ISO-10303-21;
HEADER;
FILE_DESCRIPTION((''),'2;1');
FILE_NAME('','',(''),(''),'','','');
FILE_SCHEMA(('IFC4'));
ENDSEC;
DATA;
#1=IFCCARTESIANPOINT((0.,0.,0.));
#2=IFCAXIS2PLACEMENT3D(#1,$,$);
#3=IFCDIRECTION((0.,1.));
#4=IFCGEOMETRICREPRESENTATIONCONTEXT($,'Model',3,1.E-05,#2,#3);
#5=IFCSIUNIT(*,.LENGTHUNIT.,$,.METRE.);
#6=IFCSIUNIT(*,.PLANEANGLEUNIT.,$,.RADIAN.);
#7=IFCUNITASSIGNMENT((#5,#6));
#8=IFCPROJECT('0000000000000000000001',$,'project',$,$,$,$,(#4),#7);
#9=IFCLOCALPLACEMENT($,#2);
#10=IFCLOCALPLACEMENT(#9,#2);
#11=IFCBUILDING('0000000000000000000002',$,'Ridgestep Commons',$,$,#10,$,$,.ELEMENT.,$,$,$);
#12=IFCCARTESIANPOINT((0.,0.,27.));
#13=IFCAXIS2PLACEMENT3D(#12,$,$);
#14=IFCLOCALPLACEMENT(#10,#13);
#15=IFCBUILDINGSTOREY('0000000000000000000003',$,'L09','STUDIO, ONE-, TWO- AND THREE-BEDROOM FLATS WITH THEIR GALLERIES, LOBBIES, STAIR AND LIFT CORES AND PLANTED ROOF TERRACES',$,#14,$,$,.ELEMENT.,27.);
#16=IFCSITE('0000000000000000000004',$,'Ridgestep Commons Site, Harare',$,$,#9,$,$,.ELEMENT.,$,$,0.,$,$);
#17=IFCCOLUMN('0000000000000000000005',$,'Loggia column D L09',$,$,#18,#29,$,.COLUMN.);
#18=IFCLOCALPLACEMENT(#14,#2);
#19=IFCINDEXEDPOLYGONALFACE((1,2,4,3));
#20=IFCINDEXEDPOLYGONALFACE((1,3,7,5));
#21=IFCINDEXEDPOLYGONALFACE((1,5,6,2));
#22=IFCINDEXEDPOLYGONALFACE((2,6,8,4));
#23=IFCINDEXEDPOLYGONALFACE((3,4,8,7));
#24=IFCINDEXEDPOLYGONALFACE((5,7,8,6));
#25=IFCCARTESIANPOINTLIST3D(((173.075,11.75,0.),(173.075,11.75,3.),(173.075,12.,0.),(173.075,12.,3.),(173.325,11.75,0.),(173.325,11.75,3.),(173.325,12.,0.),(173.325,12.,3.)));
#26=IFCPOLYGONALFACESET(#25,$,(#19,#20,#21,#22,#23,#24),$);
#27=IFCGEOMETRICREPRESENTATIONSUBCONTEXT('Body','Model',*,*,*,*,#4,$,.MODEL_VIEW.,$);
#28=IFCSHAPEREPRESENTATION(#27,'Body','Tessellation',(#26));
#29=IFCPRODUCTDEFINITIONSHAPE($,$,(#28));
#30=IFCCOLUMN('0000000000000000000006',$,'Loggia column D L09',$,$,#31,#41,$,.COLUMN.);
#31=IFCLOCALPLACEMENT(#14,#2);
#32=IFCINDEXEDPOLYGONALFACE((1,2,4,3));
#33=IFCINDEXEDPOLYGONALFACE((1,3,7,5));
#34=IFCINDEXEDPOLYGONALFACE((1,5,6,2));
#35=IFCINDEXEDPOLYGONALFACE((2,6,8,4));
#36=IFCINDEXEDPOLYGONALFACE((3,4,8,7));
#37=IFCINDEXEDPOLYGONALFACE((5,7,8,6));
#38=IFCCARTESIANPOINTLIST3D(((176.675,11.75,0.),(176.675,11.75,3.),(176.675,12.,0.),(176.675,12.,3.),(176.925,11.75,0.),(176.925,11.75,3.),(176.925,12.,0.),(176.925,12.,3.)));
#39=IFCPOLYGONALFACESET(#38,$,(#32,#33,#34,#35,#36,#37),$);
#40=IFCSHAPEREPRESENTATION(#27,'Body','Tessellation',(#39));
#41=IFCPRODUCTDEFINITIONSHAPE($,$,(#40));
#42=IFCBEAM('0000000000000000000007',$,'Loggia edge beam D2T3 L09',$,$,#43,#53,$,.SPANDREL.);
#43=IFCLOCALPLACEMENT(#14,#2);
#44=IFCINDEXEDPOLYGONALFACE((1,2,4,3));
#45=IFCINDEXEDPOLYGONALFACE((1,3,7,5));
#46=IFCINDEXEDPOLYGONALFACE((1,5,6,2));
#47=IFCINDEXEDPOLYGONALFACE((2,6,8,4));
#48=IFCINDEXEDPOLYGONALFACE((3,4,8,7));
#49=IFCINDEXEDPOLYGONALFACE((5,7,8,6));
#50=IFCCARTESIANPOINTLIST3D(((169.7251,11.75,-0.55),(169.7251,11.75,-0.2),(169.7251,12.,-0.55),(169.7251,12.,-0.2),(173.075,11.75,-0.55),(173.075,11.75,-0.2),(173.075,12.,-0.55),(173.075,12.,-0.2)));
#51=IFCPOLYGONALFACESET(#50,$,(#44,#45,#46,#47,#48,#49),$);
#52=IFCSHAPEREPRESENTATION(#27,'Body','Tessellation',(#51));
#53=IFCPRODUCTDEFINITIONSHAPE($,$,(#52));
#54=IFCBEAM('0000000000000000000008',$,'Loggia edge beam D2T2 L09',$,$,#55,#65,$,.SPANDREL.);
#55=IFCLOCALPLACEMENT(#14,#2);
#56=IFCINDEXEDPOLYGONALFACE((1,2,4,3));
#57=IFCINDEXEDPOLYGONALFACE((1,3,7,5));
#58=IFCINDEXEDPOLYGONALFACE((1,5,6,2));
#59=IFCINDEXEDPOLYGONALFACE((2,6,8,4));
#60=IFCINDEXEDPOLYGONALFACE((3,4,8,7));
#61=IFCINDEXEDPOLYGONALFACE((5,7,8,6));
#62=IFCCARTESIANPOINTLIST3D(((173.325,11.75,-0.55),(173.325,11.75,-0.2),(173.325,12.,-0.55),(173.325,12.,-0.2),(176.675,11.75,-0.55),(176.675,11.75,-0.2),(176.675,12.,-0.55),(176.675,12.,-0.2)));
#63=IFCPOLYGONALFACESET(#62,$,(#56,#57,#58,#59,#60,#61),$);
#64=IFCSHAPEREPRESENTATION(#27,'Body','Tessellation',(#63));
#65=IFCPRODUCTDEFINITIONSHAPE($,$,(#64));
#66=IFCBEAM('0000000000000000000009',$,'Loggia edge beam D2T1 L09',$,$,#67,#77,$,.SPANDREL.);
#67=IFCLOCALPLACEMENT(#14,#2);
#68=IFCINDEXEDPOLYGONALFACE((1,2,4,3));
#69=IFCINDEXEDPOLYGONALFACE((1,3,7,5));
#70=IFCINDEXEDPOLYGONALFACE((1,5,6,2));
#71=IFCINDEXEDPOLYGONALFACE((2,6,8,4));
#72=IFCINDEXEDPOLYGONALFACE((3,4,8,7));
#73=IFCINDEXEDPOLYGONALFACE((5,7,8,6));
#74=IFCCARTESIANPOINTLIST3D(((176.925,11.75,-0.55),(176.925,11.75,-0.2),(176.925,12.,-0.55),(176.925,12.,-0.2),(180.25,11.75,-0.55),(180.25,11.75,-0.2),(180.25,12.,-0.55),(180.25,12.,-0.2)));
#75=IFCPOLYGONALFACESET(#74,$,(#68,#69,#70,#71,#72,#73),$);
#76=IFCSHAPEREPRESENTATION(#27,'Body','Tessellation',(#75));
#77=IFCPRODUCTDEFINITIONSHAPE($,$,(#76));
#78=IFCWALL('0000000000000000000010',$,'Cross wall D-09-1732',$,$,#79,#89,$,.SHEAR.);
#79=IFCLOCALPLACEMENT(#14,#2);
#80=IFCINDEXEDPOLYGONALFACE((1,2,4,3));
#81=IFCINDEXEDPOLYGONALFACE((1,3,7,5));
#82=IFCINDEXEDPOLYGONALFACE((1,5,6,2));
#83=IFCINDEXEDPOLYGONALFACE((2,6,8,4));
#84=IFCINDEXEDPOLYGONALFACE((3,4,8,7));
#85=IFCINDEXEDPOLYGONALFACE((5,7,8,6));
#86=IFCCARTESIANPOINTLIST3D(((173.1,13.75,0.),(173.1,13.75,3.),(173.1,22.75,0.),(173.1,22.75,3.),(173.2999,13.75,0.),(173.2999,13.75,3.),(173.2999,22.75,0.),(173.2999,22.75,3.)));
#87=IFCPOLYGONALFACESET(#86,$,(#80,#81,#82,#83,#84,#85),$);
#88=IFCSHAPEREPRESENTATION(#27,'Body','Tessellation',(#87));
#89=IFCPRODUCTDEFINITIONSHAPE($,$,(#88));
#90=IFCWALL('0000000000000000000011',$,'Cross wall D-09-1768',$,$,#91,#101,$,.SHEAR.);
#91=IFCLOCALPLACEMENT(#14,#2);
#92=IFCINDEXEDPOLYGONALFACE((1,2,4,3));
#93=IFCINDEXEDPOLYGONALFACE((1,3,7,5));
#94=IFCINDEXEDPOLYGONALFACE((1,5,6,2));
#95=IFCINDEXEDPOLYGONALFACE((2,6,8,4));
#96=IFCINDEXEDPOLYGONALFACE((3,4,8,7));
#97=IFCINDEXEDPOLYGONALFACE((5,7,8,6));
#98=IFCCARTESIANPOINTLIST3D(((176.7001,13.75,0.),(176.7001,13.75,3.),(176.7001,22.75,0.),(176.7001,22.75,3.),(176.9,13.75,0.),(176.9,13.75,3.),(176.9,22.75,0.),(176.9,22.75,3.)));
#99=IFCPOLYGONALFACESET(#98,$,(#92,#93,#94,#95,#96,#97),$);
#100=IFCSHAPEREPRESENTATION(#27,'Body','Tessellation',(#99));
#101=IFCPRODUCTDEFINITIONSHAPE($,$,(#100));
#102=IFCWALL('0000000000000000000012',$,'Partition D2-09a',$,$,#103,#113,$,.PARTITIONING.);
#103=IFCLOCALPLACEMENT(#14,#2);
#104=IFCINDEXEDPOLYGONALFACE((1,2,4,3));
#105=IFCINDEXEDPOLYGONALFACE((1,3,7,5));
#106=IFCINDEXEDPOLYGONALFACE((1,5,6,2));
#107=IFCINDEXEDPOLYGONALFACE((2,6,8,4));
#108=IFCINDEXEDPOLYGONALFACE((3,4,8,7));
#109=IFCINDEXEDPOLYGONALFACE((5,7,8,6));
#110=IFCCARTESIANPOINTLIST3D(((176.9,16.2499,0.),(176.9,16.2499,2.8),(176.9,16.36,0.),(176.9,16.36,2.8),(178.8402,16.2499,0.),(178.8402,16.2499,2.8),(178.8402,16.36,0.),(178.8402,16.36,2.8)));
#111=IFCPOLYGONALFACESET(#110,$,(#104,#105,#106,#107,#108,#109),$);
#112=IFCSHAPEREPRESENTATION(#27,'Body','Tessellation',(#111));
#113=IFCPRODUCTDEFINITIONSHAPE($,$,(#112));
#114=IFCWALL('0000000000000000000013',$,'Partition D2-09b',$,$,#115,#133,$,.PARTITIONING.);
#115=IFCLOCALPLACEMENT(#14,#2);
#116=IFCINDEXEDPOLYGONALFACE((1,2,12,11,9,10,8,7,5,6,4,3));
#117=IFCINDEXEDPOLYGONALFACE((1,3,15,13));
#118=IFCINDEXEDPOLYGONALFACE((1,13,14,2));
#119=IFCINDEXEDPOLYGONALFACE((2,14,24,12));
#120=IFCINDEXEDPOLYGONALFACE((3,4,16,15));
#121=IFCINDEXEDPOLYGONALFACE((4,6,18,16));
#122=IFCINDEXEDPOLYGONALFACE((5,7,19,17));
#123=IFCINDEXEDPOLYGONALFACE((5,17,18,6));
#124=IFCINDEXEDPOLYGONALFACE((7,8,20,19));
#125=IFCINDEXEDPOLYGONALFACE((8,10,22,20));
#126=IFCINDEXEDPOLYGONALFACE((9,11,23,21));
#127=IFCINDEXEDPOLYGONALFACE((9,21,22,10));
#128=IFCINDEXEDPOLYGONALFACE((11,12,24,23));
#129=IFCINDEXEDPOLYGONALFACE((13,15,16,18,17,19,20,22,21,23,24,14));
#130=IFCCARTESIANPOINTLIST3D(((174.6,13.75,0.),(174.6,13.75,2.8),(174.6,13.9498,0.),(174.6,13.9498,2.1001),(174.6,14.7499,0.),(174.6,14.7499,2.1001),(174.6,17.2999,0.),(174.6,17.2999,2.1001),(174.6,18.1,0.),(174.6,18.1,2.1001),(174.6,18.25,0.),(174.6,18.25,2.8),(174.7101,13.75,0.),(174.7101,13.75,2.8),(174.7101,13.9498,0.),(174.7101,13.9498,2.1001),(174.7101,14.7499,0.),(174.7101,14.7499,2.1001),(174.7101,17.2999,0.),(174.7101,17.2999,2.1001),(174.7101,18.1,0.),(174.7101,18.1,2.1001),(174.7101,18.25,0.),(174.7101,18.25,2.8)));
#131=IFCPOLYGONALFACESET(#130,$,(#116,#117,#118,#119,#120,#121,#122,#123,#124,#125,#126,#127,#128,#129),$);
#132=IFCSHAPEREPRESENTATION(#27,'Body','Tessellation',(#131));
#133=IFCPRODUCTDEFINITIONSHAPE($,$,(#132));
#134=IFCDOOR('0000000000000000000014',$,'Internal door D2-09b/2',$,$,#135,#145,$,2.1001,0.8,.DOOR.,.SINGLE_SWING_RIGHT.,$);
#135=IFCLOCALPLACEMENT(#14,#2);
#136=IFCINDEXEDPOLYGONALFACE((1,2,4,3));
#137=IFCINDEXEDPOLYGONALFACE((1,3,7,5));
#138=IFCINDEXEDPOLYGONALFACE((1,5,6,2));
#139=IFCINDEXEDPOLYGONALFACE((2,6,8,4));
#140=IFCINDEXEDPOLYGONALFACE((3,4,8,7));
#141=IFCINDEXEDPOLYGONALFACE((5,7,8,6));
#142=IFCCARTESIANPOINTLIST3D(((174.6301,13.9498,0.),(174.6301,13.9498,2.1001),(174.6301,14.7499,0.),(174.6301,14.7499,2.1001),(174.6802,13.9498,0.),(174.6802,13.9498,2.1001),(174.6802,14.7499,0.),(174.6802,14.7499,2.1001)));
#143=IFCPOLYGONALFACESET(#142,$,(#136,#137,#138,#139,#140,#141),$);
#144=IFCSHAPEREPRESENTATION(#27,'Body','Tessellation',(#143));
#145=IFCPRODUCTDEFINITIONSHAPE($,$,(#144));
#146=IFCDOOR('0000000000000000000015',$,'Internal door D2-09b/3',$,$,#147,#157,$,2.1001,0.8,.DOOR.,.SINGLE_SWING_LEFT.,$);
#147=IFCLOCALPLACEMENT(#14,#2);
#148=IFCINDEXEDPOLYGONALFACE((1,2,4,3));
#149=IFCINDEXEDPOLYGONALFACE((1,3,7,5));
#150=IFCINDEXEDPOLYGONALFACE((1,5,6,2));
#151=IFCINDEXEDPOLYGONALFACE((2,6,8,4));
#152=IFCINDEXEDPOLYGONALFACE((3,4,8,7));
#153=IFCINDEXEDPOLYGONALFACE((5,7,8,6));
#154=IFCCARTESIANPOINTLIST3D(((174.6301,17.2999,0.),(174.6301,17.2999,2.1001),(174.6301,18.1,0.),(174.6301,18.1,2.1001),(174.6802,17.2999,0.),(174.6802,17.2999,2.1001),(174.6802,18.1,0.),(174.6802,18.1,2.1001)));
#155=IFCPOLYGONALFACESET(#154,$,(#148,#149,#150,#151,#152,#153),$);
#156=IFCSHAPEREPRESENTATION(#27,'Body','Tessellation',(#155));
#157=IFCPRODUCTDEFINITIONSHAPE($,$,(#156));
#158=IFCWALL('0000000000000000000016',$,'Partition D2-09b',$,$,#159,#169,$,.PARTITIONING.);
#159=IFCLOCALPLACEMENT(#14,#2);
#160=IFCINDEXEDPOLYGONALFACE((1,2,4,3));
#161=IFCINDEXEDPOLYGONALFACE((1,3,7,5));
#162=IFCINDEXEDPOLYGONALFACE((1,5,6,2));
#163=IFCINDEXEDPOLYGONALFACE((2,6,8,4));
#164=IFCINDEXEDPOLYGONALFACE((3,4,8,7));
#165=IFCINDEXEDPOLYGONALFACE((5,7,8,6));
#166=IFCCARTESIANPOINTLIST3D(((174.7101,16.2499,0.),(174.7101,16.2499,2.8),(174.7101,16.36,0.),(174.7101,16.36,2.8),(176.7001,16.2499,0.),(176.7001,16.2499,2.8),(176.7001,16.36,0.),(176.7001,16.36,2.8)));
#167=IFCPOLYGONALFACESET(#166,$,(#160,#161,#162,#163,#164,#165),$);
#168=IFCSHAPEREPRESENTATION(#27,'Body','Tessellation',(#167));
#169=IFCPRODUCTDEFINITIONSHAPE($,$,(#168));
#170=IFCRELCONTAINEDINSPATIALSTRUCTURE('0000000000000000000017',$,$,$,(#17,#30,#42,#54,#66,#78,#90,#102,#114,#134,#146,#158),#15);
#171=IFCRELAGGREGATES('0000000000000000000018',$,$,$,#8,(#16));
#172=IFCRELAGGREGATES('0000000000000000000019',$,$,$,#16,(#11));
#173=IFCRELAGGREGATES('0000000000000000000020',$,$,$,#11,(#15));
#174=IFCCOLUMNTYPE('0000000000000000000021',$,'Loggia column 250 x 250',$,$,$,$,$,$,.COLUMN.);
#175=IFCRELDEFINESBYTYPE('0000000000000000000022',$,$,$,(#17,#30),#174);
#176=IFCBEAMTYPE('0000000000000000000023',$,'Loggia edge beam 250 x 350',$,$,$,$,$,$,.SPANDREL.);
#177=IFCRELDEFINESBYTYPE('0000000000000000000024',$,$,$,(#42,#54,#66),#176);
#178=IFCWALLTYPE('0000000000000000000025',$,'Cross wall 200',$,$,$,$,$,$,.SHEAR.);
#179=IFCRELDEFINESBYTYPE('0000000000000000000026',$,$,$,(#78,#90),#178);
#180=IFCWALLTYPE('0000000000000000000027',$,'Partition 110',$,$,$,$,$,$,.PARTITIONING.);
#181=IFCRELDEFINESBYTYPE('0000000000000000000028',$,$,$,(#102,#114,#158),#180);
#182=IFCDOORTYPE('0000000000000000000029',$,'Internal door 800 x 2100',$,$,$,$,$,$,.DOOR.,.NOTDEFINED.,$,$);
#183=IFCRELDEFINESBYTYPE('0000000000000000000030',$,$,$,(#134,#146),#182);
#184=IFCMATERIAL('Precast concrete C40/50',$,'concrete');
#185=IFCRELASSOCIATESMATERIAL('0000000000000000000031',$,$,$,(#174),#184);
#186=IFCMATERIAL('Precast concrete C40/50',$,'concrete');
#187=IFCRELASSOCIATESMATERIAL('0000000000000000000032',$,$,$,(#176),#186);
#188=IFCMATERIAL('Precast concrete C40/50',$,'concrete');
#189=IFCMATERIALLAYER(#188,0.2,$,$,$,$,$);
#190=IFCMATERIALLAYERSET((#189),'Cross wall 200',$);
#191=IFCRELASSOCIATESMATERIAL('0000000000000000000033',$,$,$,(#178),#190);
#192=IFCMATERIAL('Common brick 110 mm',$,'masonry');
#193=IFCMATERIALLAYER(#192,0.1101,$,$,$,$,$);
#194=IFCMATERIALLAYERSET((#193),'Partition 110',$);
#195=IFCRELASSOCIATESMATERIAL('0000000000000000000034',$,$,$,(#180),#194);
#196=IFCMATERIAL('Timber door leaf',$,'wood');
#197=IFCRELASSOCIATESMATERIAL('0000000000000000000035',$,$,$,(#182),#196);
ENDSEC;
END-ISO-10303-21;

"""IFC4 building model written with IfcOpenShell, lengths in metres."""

from ifc_helpers import new_model, si_unit, direction, frame, frame_2d, origin, origin_2d, place, context, subcontext, project, spatial, rectangle, extrude, material, layer, layer_set, material_profile, profile_set, type_object, element, fill, save


model = new_model("IFC4")

# Units and contexts
model_context = context("Model", 3, precision=1e-05, world=origin(), true_north=direction((0.0, 1.0)))
body_context = subcontext(model_context, "Body", "Model", "MODEL_VIEW")
ifc_project = project(units=[si_unit("LENGTHUNIT", "METRE"), si_unit("PLANEANGLEUNIT", "RADIAN")], contexts=[model_context])

# Site, building, storey
site_placement = place(None, origin())
site = spatial("IfcSite", under=ifc_project, at=site_placement, Name="Ridgestep Commons Site, Harare", CompositionType="ELEMENT", RefElevation=0.0)
building_placement = place(site_placement, origin())
building = spatial("IfcBuilding", under=site, at=building_placement, Name="Ridgestep Commons", CompositionType="ELEMENT")
storey_placement = place(building_placement, frame((0.0, 0.0, 27.0)))
storey = spatial("IfcBuildingStorey", under=building, at=storey_placement, Name="L09", Description="STUDIO, ONE-, TWO- AND THREE-BEDROOM FLATS WITH THEIR GALLERIES, LOBBIES, STAIR AND LIFT CORES AND PLANTED ROOF TERRACES", CompositionType="ELEMENT", Elevation=27.0)

# Columns
ifc_material_1 = material(Name="Precast concrete C40/50", Category="concrete")
ifc_material_profile_1 = material_profile(ifc_material_1, rectangle(XDim=0.25, YDim=0.25, at=origin_2d()), Name="PC 250x250")
ifc_profile_set_1 = profile_set([ifc_material_profile_1], Name="Precast concrete C40/50")
column_type = type_object("IfcColumnType", Name="Loggia column 250 x 250", PredefinedType="COLUMN", material=ifc_profile_set_1)
for number, where, z_axis, x_axis, name in (
    (1, (173.2, 11.875, 0.0), (0.0, 0.0, 1.0), (1.0, 0.0, 0.0), "Loggia column D L09"),
    (2, (176.8, 11.875, 0.0), (0.0, 0.0, 1.0), (1.0, 0.0, 0.0), "Loggia column D L09"),
):
    element("IfcColumn", number, at=place(storey_placement, frame(where, z_axis=z_axis, x_axis=x_axis)), inside=storey, type_object=column_type, Name=name, PredefinedType="COLUMN", context=body_context, shape_type="SweptSolid", body=[
        extrude(rectangle(XDim=0.25, YDim=0.25, at=origin_2d()), origin(), (0.0, 0.0, 1.0), 3.0),
    ])

# Beams
ifc_material_2 = material(Name="Precast concrete C40/50", Category="concrete")
ifc_material_profile_2 = material_profile(ifc_material_2, rectangle(XDim=0.25, YDim=0.3501, at=origin_2d()), Name="PC 250x350")
ifc_profile_set_2 = profile_set([ifc_material_profile_2], Name="Precast concrete C40/50")
beam_type = type_object("IfcBeamType", Name="Loggia edge beam 250 x 350", PredefinedType="SPANDREL", material=ifc_profile_set_2)
beam_1_placement = place(storey_placement, frame((169.7251, 11.875, -0.375), z_axis=(1.0, 0.0, 0.0), x_axis=(0.0, 1.0, 0.0)))
element("IfcBeam", 3, at=beam_1_placement, inside=storey, type_object=beam_type, Name="Loggia edge beam D2T3 L09", PredefinedType="SPANDREL", context=body_context, shape_type="SweptSolid", body=[
    extrude(rectangle(XDim=0.25, YDim=0.3501, at=origin_2d()), origin(), (0.0, 0.0, 1.0), 3.3499),
])
beam_2_placement = place(storey_placement, frame((173.325, 11.875, -0.375), z_axis=(1.0, 0.0, 0.0), x_axis=(0.0, 1.0, 0.0)))
element("IfcBeam", 4, at=beam_2_placement, inside=storey, type_object=beam_type, Name="Loggia edge beam D2T2 L09", PredefinedType="SPANDREL", context=body_context, shape_type="SweptSolid", body=[
    extrude(rectangle(XDim=0.25, YDim=0.3501, at=origin_2d()), origin(), (0.0, 0.0, 1.0), 3.3501),
])
beam_3_placement = place(storey_placement, frame((176.925, 11.875, -0.375), z_axis=(1.0, 0.0, 0.0), x_axis=(0.0, 1.0, 0.0)))
element("IfcBeam", 5, at=beam_3_placement, inside=storey, type_object=beam_type, Name="Loggia edge beam D2T1 L09", PredefinedType="SPANDREL", context=body_context, shape_type="SweptSolid", body=[
    extrude(rectangle(XDim=0.25, YDim=0.3501, at=origin_2d()), origin(), (0.0, 0.0, 1.0), 3.325),
])

# Walls
ifc_material_3 = material(Name="Precast concrete C40/50", Category="concrete")
ifc_layer_1 = layer(ifc_material_3, 0.2)
ifc_layer_set_1 = layer_set([ifc_layer_1], Name="Cross wall 200")
wall_type_1 = type_object("IfcWallType", Name="Cross wall 200", PredefinedType="SHEAR", material=ifc_layer_set_1)
for number, where, z_axis, x_axis, name in (
    (6, (173.2, 13.75, 0.0), (0.0, 0.0, 1.0), (0.0, 1.0, 0.0), "Cross wall D-09-1732"),
    (7, (176.8, 13.75, 0.0), (0.0, 0.0, 1.0), (0.0, 1.0, 0.0), "Cross wall D-09-1768"),
):
    element("IfcWall", number, at=place(storey_placement, frame(where, z_axis=z_axis, x_axis=x_axis)), inside=storey, type_object=wall_type_1, Name=name, PredefinedType="SHEAR", context=body_context, shape_type="SweptSolid", body=[
        extrude(rectangle(XDim=9.0, YDim=0.2, at=frame_2d((4.5, 0.0))), origin(), (0.0, 0.0, 1.0), 3.0),
    ])
ifc_material_4 = material(Name="Common brick 110 mm", Category="masonry")
ifc_layer_2 = layer(ifc_material_4, 0.1101)
ifc_layer_set_2 = layer_set([ifc_layer_2], Name="Partition 110")
wall_type_2 = type_object("IfcWallType", Name="Partition 110", PredefinedType="PARTITIONING", material=ifc_layer_set_2)
wall_1_placement = place(storey_placement, frame((176.8999, 16.3049, 0.0), z_axis=(0.0, 0.0, 1.0), x_axis=(1.0, 0.0, 0.0)))
element("IfcWall", 8, at=wall_1_placement, inside=storey, type_object=wall_type_2, Name="Partition D2-09a", PredefinedType="PARTITIONING", context=body_context, shape_type="SweptSolid", body=[
    extrude(rectangle(XDim=1.9402, YDim=0.1101, at=frame_2d((0.9702, 0.0))), origin(), (0.0, 0.0, 1.0), 2.8),
])

# Wall, openings, doors
wall_2_placement = place(storey_placement, frame((174.655, 13.75, 0.0), z_axis=(0.0, 0.0, 1.0), x_axis=(0.0, 1.0, 0.0)))
wall_2 = element("IfcWall", 9, at=wall_2_placement, inside=storey, type_object=wall_type_2, Name="Partition D2-09b", PredefinedType="PARTITIONING", context=body_context, shape_type="SweptSolid", body=[
    extrude(rectangle(XDim=4.5, YDim=0.1101, at=frame_2d((2.25, 0.0))), origin(), (0.0, 0.0, 1.0), 2.8),
])
opening_1_placement = place(wall_2_placement, frame((0.2, 0.0, 0.0)))
opening_1 = element("IfcOpeningElement", 10, at=opening_1_placement, cuts=wall_2, PredefinedType="OPENING", context=body_context, shape_type="SweptSolid", body=[
    extrude(rectangle(XDim=0.8, YDim=2.1001, at=frame_2d((0.3999, 1.05))), frame((0.0, 0.0649, 0.0), z_axis=(0.0, -1.0, 0.0), x_axis=(1.0, 0.0, 0.0)), (0.0, 0.0, 1.0), 0.1301),
])
opening_2_placement = place(wall_2_placement, frame((3.55, 0.0, 0.0)))
opening_2 = element("IfcOpeningElement", 11, at=opening_2_placement, cuts=wall_2, PredefinedType="OPENING", context=body_context, shape_type="SweptSolid", body=[
    extrude(rectangle(XDim=0.8, YDim=2.1001, at=frame_2d((0.3999, 1.05))), frame((0.0, 0.0649, 0.0), z_axis=(0.0, -1.0, 0.0), x_axis=(1.0, 0.0, 0.0)), (0.0, 0.0, 1.0), 0.1301),
])
ifc_material_5 = material(Name="Timber door leaf", Category="wood")
door_type_1 = type_object("IfcDoorType", Name="Internal door 800 x 2100", OperationType="NOTDEFINED", PredefinedType="DOOR", material=ifc_material_5)
door_1_placement = place(opening_1_placement, origin())
door_1 = element("IfcDoor", 12, at=door_1_placement, inside=storey, type_object=door_type_1, Name="Internal door D2-09b/2", OperationType="SINGLE_SWING_RIGHT", OverallHeight=2.1001, OverallWidth=0.8, PredefinedType="DOOR", context=body_context, shape_type="SweptSolid", body=[
    extrude(rectangle(XDim=0.8, YDim=2.1001, at=frame_2d((0.3999, 1.05))), frame((0.0, 0.0249, 0.0), z_axis=(0.0, -1.0, 0.0), x_axis=(1.0, 0.0, 0.0)), (0.0, 0.0, 1.0), 0.05),
])
fill(opening_1, door_1)
door_2_placement = place(opening_2_placement, origin())
door_2 = element("IfcDoor", 13, at=door_2_placement, inside=storey, type_object=door_type_1, Name="Internal door D2-09b/3", OperationType="SINGLE_SWING_LEFT", OverallHeight=2.1001, OverallWidth=0.8, PredefinedType="DOOR", context=body_context, shape_type="SweptSolid", body=[
    extrude(rectangle(XDim=0.8, YDim=2.1001, at=frame_2d((0.3999, 1.05))), frame((0.0, 0.0249, 0.0), z_axis=(0.0, -1.0, 0.0), x_axis=(1.0, 0.0, 0.0)), (0.0, 0.0, 1.0), 0.05),
])
fill(opening_2, door_2)

# Wall
wall_3_placement = place(storey_placement, frame((174.71, 16.3049, 0.0), z_axis=(0.0, 0.0, 1.0), x_axis=(1.0, 0.0, 0.0)))
element("IfcWall", 14, at=wall_3_placement, inside=storey, type_object=wall_type_2, Name="Partition D2-09b", PredefinedType="PARTITIONING", context=body_context, shape_type="SweptSolid", body=[
    extrude(rectangle(XDim=1.99, YDim=0.1101, at=frame_2d((0.9951, 0.0))), origin(), (0.0, 0.0, 1.0), 2.8),
])

save(model, "model.ifc")
